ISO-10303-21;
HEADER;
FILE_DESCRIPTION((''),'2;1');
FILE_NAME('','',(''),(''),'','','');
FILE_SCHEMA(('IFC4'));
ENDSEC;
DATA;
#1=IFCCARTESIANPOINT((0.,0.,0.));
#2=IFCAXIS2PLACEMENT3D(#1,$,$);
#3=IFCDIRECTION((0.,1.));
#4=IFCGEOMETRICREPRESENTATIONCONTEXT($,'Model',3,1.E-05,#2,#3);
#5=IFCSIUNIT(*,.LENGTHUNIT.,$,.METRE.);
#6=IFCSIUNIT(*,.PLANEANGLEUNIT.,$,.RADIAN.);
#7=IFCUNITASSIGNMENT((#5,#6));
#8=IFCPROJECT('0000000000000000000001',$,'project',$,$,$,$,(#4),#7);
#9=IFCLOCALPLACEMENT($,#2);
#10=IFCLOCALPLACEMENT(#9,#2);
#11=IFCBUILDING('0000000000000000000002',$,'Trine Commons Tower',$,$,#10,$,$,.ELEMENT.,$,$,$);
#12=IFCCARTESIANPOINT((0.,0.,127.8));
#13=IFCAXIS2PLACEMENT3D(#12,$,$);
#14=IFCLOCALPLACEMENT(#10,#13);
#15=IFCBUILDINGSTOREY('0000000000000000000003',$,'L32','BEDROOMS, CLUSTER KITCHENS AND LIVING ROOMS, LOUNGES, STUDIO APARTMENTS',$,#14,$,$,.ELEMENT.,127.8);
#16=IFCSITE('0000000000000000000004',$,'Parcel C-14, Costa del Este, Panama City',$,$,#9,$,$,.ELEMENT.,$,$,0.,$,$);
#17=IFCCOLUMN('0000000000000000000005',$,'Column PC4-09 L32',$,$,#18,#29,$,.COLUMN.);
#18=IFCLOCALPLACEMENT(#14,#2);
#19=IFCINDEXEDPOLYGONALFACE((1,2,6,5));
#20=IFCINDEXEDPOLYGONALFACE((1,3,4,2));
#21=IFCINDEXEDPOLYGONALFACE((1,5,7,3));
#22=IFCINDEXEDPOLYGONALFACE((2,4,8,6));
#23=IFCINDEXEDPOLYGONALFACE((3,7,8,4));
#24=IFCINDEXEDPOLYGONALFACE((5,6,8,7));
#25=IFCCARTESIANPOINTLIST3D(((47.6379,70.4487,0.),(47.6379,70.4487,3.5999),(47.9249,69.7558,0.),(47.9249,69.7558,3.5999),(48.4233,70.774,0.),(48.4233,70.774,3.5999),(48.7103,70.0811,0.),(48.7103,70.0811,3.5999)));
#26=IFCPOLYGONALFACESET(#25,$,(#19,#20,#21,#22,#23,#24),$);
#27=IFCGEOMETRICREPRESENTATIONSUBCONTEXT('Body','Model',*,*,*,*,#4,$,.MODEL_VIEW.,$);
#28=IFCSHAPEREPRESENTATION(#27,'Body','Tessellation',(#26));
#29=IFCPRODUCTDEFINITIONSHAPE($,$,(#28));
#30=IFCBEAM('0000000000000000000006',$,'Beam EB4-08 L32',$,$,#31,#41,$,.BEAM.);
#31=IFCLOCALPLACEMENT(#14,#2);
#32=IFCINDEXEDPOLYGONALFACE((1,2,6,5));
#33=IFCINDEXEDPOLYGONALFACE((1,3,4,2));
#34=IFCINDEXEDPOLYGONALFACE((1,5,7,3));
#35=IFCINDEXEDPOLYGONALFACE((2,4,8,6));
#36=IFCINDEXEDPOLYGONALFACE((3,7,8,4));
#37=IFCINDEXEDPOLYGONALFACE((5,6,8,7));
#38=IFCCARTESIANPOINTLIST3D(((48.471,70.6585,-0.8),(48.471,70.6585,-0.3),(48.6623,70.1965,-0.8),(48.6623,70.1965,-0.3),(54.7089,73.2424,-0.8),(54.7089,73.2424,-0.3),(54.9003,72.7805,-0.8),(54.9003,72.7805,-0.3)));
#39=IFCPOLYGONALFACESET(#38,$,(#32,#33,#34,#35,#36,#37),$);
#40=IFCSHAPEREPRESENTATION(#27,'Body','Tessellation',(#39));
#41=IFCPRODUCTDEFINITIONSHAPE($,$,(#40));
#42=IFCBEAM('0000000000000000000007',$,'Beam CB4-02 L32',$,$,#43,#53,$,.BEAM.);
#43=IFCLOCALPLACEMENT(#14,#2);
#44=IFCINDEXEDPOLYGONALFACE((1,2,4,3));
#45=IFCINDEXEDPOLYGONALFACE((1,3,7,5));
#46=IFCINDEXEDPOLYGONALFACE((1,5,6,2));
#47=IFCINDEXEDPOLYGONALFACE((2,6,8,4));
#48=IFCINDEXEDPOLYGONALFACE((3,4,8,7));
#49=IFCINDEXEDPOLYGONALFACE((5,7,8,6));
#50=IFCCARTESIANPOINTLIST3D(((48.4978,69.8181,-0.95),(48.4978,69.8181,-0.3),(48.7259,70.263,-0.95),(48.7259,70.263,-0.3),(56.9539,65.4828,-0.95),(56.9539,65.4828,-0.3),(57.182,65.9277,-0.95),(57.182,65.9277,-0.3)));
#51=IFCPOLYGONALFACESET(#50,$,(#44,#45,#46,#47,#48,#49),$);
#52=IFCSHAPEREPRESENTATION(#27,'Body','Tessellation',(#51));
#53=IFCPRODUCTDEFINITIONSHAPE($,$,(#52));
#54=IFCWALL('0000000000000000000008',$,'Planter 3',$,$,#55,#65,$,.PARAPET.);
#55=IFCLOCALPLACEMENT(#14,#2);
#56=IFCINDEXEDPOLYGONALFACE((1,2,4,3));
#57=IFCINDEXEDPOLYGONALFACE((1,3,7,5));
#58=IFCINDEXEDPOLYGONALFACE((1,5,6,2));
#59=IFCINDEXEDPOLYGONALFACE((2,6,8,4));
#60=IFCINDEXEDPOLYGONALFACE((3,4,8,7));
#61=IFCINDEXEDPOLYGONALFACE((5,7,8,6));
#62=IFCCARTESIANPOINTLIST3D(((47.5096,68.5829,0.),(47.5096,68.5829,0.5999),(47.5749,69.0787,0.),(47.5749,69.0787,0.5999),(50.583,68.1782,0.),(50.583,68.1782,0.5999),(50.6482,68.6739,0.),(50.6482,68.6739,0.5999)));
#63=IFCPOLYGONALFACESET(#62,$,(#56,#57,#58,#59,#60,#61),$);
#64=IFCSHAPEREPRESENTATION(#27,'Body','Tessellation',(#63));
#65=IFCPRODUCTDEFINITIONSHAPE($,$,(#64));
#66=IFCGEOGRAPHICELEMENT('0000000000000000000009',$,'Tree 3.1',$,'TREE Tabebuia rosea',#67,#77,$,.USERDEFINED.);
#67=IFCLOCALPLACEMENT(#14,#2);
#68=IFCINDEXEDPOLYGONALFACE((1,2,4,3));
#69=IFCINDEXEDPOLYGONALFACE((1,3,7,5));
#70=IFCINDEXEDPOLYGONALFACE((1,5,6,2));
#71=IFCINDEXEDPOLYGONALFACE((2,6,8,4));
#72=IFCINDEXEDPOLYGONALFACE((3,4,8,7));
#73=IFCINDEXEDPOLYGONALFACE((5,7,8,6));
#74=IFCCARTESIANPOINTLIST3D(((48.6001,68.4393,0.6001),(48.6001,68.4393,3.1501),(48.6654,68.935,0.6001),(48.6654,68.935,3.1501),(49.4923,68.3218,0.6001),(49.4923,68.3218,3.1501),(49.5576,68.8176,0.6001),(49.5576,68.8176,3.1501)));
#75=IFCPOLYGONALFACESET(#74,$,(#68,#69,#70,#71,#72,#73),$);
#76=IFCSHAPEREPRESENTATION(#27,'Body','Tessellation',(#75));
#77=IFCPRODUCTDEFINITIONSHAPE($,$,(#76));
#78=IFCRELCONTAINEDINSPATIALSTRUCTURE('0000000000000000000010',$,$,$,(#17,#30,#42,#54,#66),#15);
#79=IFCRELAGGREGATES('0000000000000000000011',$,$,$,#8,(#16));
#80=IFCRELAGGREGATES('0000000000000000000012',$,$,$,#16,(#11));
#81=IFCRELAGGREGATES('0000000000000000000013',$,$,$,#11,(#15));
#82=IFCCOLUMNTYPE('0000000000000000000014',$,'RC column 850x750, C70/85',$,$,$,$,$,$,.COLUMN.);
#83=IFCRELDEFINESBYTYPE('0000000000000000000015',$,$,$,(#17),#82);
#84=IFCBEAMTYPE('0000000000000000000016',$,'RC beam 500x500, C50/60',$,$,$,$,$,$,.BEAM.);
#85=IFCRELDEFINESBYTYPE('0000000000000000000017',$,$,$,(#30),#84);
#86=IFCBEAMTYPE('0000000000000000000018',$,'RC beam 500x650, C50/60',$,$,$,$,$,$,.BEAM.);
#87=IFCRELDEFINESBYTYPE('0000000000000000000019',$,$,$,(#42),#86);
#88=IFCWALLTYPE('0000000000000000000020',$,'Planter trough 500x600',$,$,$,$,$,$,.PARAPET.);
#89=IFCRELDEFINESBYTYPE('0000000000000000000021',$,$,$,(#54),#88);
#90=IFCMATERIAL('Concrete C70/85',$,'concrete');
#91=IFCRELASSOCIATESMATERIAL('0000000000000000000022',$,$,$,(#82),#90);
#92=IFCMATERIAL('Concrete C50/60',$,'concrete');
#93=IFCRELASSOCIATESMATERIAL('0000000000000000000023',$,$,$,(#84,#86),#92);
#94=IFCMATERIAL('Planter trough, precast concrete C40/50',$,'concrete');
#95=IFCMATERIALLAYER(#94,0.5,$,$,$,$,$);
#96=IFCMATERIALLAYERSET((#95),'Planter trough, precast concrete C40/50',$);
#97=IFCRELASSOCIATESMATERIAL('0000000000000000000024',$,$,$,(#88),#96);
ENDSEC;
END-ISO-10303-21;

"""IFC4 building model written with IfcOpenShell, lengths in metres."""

from ifc_helpers import new_model, si_unit, direction, frame, frame_2d, origin, origin_2d, place, context, subcontext, project, spatial, rectangle, extrude, material, layer, layer_set, material_profile, profile_set, type_object, element, save


model = new_model("IFC4")

# Units and contexts
model_context = context("Model", 3, precision=1e-05, world=origin(), true_north=direction((0.0, 1.0)))
body_context = subcontext(model_context, "Body", "Model", "MODEL_VIEW")
ifc_project = project(units=[si_unit("LENGTHUNIT", "METRE"), si_unit("PLANEANGLEUNIT", "RADIAN")], contexts=[model_context])

# Site, building, storey
site_placement = place(None, origin())
site = spatial("IfcSite", under=ifc_project, at=site_placement, Name="Parcel C-14, Costa del Este, Panama City", CompositionType="ELEMENT", RefElevation=0.0)
building_placement = place(site_placement, origin())
building = spatial("IfcBuilding", under=site, at=building_placement, Name="Trine Commons Tower", CompositionType="ELEMENT")
storey_placement = place(building_placement, frame((0.0, 0.0, 127.8)))
storey = spatial("IfcBuildingStorey", under=building, at=storey_placement, Name="L32", Description="BEDROOMS, CLUSTER KITCHENS AND LIVING ROOMS, LOUNGES, STUDIO APARTMENTS", CompositionType="ELEMENT", Elevation=127.8)

# Column
ifc_material_1 = material(Name="Concrete C70/85", Category="concrete")
ifc_material_profile_1 = material_profile(ifc_material_1, rectangle(XDim=0.8501, YDim=0.75, at=origin_2d()), Name="RC 850x750")
ifc_profile_set_1 = profile_set([ifc_material_profile_1], Name="Concrete C70/85")
column_type = type_object("IfcColumnType", Name="RC column 850x750, C70/85", PredefinedType="COLUMN", material=ifc_profile_set_1)
column_placement = place(storey_placement, frame((48.1741, 70.2649, 0.0), z_axis=(0.0, 0.0, 1.0), x_axis=(0.92388, 0.382683, 0.0)))
element("IfcColumn", 1, at=column_placement, inside=storey, type_object=column_type, Name="Column PC4-09 L32", PredefinedType="COLUMN", context=body_context, shape_type="SweptSolid", body=[
    extrude(rectangle(XDim=0.8501, YDim=0.75, at=origin_2d()), origin(), (0.0, 0.0, 1.0), 3.5999),
])

# Beams
ifc_material_2 = material(Name="Concrete C50/60", Category="concrete")
ifc_material_profile_2 = material_profile(ifc_material_2, rectangle(XDim=0.5, YDim=0.5, at=origin_2d()), Name="RC 500x500")
ifc_profile_set_2 = profile_set([ifc_material_profile_2], Name="Concrete C50/60")
beam_type_1 = type_object("IfcBeamType", Name="RC beam 500x500, C50/60", PredefinedType="BEAM", material=ifc_profile_set_2)
beam_1_placement = place(storey_placement, frame((48.5667, 70.4275, -0.55), z_axis=(0.923874, 0.382697, 0.0), x_axis=(-0.382697, 0.923874, 0.0)))
element("IfcBeam", 2, at=beam_1_placement, inside=storey, type_object=beam_type_1, Name="Beam EB4-08 L32", PredefinedType="BEAM", context=body_context, shape_type="SweptSolid", body=[
    extrude(rectangle(XDim=0.5, YDim=0.5, at=origin_2d()), origin(), (0.0, 0.0, 1.0), 6.752),
])
ifc_material_profile_3 = material_profile(ifc_material_2, rectangle(XDim=0.5, YDim=0.6499, at=origin_2d()), Name="RC 500x650")
ifc_profile_set_3 = profile_set([ifc_material_profile_3], Name="Concrete C50/60")
beam_type_2 = type_object("IfcBeamType", Name="RC beam 500x650, C50/60", PredefinedType="BEAM", material=ifc_profile_set_3)
beam_2_placement = place(storey_placement, frame((48.6118, 70.0405, -0.625), z_axis=(0.88987, -0.456214, 0.0), x_axis=(0.456214, 0.88987, 0.0)))
element("IfcBeam", 3, at=beam_2_placement, inside=storey, type_object=beam_type_2, Name="Beam CB4-02 L32", PredefinedType="BEAM", context=body_context, shape_type="SweptSolid", body=[
    extrude(rectangle(XDim=0.5, YDim=0.6499, at=origin_2d()), origin(), (0.0, 0.0, 1.0), 9.5027),
])

# Wall
ifc_material_3 = material(Name="Planter trough, precast concrete C40/50", Category="concrete")
ifc_layer_1 = layer(ifc_material_3, 0.5)
ifc_layer_set_1 = layer_set([ifc_layer_1], Name="Planter trough, precast concrete C40/50")
wall_type_1 = type_object("IfcWallType", Name="Planter trough 500x600", PredefinedType="PARAPET", material=ifc_layer_set_1)
wall_1_placement = place(storey_placement, frame((50.6155, 68.426, 0.0), z_axis=(0.0, 0.0, 1.0), x_axis=(-0.991437, 0.130585, 0.0)))
element("IfcWall", 4, at=wall_1_placement, inside=storey, type_object=wall_type_1, Name="Planter 3", PredefinedType="PARAPET", context=body_context, shape_type="SweptSolid", body=[
    extrude(rectangle(XDim=3.0999, YDim=0.5, at=frame_2d((1.5498, 0.0))), origin(), (0.0, 0.0, 1.0), 0.5999),
])

# Geographic element
geographic_element_placement = place(storey_placement, frame((49.0789, 68.6284, 0.6001), z_axis=(0.0, 0.0, 1.0), x_axis=(-0.991446, 0.130518, 0.0)))
element("IfcGeographicElement", 5, at=geographic_element_placement, inside=storey, Name="Tree 3.1", ObjectType="TREE Tabebuia rosea", PredefinedType="USERDEFINED", context=body_context, shape_type="SweptSolid", body=[
    extrude(rectangle(XDim=0.8999, YDim=0.5, at=origin_2d()), origin(), (0.0, 0.0, 1.0), 2.55),
])

save(model, "model.ifc")
